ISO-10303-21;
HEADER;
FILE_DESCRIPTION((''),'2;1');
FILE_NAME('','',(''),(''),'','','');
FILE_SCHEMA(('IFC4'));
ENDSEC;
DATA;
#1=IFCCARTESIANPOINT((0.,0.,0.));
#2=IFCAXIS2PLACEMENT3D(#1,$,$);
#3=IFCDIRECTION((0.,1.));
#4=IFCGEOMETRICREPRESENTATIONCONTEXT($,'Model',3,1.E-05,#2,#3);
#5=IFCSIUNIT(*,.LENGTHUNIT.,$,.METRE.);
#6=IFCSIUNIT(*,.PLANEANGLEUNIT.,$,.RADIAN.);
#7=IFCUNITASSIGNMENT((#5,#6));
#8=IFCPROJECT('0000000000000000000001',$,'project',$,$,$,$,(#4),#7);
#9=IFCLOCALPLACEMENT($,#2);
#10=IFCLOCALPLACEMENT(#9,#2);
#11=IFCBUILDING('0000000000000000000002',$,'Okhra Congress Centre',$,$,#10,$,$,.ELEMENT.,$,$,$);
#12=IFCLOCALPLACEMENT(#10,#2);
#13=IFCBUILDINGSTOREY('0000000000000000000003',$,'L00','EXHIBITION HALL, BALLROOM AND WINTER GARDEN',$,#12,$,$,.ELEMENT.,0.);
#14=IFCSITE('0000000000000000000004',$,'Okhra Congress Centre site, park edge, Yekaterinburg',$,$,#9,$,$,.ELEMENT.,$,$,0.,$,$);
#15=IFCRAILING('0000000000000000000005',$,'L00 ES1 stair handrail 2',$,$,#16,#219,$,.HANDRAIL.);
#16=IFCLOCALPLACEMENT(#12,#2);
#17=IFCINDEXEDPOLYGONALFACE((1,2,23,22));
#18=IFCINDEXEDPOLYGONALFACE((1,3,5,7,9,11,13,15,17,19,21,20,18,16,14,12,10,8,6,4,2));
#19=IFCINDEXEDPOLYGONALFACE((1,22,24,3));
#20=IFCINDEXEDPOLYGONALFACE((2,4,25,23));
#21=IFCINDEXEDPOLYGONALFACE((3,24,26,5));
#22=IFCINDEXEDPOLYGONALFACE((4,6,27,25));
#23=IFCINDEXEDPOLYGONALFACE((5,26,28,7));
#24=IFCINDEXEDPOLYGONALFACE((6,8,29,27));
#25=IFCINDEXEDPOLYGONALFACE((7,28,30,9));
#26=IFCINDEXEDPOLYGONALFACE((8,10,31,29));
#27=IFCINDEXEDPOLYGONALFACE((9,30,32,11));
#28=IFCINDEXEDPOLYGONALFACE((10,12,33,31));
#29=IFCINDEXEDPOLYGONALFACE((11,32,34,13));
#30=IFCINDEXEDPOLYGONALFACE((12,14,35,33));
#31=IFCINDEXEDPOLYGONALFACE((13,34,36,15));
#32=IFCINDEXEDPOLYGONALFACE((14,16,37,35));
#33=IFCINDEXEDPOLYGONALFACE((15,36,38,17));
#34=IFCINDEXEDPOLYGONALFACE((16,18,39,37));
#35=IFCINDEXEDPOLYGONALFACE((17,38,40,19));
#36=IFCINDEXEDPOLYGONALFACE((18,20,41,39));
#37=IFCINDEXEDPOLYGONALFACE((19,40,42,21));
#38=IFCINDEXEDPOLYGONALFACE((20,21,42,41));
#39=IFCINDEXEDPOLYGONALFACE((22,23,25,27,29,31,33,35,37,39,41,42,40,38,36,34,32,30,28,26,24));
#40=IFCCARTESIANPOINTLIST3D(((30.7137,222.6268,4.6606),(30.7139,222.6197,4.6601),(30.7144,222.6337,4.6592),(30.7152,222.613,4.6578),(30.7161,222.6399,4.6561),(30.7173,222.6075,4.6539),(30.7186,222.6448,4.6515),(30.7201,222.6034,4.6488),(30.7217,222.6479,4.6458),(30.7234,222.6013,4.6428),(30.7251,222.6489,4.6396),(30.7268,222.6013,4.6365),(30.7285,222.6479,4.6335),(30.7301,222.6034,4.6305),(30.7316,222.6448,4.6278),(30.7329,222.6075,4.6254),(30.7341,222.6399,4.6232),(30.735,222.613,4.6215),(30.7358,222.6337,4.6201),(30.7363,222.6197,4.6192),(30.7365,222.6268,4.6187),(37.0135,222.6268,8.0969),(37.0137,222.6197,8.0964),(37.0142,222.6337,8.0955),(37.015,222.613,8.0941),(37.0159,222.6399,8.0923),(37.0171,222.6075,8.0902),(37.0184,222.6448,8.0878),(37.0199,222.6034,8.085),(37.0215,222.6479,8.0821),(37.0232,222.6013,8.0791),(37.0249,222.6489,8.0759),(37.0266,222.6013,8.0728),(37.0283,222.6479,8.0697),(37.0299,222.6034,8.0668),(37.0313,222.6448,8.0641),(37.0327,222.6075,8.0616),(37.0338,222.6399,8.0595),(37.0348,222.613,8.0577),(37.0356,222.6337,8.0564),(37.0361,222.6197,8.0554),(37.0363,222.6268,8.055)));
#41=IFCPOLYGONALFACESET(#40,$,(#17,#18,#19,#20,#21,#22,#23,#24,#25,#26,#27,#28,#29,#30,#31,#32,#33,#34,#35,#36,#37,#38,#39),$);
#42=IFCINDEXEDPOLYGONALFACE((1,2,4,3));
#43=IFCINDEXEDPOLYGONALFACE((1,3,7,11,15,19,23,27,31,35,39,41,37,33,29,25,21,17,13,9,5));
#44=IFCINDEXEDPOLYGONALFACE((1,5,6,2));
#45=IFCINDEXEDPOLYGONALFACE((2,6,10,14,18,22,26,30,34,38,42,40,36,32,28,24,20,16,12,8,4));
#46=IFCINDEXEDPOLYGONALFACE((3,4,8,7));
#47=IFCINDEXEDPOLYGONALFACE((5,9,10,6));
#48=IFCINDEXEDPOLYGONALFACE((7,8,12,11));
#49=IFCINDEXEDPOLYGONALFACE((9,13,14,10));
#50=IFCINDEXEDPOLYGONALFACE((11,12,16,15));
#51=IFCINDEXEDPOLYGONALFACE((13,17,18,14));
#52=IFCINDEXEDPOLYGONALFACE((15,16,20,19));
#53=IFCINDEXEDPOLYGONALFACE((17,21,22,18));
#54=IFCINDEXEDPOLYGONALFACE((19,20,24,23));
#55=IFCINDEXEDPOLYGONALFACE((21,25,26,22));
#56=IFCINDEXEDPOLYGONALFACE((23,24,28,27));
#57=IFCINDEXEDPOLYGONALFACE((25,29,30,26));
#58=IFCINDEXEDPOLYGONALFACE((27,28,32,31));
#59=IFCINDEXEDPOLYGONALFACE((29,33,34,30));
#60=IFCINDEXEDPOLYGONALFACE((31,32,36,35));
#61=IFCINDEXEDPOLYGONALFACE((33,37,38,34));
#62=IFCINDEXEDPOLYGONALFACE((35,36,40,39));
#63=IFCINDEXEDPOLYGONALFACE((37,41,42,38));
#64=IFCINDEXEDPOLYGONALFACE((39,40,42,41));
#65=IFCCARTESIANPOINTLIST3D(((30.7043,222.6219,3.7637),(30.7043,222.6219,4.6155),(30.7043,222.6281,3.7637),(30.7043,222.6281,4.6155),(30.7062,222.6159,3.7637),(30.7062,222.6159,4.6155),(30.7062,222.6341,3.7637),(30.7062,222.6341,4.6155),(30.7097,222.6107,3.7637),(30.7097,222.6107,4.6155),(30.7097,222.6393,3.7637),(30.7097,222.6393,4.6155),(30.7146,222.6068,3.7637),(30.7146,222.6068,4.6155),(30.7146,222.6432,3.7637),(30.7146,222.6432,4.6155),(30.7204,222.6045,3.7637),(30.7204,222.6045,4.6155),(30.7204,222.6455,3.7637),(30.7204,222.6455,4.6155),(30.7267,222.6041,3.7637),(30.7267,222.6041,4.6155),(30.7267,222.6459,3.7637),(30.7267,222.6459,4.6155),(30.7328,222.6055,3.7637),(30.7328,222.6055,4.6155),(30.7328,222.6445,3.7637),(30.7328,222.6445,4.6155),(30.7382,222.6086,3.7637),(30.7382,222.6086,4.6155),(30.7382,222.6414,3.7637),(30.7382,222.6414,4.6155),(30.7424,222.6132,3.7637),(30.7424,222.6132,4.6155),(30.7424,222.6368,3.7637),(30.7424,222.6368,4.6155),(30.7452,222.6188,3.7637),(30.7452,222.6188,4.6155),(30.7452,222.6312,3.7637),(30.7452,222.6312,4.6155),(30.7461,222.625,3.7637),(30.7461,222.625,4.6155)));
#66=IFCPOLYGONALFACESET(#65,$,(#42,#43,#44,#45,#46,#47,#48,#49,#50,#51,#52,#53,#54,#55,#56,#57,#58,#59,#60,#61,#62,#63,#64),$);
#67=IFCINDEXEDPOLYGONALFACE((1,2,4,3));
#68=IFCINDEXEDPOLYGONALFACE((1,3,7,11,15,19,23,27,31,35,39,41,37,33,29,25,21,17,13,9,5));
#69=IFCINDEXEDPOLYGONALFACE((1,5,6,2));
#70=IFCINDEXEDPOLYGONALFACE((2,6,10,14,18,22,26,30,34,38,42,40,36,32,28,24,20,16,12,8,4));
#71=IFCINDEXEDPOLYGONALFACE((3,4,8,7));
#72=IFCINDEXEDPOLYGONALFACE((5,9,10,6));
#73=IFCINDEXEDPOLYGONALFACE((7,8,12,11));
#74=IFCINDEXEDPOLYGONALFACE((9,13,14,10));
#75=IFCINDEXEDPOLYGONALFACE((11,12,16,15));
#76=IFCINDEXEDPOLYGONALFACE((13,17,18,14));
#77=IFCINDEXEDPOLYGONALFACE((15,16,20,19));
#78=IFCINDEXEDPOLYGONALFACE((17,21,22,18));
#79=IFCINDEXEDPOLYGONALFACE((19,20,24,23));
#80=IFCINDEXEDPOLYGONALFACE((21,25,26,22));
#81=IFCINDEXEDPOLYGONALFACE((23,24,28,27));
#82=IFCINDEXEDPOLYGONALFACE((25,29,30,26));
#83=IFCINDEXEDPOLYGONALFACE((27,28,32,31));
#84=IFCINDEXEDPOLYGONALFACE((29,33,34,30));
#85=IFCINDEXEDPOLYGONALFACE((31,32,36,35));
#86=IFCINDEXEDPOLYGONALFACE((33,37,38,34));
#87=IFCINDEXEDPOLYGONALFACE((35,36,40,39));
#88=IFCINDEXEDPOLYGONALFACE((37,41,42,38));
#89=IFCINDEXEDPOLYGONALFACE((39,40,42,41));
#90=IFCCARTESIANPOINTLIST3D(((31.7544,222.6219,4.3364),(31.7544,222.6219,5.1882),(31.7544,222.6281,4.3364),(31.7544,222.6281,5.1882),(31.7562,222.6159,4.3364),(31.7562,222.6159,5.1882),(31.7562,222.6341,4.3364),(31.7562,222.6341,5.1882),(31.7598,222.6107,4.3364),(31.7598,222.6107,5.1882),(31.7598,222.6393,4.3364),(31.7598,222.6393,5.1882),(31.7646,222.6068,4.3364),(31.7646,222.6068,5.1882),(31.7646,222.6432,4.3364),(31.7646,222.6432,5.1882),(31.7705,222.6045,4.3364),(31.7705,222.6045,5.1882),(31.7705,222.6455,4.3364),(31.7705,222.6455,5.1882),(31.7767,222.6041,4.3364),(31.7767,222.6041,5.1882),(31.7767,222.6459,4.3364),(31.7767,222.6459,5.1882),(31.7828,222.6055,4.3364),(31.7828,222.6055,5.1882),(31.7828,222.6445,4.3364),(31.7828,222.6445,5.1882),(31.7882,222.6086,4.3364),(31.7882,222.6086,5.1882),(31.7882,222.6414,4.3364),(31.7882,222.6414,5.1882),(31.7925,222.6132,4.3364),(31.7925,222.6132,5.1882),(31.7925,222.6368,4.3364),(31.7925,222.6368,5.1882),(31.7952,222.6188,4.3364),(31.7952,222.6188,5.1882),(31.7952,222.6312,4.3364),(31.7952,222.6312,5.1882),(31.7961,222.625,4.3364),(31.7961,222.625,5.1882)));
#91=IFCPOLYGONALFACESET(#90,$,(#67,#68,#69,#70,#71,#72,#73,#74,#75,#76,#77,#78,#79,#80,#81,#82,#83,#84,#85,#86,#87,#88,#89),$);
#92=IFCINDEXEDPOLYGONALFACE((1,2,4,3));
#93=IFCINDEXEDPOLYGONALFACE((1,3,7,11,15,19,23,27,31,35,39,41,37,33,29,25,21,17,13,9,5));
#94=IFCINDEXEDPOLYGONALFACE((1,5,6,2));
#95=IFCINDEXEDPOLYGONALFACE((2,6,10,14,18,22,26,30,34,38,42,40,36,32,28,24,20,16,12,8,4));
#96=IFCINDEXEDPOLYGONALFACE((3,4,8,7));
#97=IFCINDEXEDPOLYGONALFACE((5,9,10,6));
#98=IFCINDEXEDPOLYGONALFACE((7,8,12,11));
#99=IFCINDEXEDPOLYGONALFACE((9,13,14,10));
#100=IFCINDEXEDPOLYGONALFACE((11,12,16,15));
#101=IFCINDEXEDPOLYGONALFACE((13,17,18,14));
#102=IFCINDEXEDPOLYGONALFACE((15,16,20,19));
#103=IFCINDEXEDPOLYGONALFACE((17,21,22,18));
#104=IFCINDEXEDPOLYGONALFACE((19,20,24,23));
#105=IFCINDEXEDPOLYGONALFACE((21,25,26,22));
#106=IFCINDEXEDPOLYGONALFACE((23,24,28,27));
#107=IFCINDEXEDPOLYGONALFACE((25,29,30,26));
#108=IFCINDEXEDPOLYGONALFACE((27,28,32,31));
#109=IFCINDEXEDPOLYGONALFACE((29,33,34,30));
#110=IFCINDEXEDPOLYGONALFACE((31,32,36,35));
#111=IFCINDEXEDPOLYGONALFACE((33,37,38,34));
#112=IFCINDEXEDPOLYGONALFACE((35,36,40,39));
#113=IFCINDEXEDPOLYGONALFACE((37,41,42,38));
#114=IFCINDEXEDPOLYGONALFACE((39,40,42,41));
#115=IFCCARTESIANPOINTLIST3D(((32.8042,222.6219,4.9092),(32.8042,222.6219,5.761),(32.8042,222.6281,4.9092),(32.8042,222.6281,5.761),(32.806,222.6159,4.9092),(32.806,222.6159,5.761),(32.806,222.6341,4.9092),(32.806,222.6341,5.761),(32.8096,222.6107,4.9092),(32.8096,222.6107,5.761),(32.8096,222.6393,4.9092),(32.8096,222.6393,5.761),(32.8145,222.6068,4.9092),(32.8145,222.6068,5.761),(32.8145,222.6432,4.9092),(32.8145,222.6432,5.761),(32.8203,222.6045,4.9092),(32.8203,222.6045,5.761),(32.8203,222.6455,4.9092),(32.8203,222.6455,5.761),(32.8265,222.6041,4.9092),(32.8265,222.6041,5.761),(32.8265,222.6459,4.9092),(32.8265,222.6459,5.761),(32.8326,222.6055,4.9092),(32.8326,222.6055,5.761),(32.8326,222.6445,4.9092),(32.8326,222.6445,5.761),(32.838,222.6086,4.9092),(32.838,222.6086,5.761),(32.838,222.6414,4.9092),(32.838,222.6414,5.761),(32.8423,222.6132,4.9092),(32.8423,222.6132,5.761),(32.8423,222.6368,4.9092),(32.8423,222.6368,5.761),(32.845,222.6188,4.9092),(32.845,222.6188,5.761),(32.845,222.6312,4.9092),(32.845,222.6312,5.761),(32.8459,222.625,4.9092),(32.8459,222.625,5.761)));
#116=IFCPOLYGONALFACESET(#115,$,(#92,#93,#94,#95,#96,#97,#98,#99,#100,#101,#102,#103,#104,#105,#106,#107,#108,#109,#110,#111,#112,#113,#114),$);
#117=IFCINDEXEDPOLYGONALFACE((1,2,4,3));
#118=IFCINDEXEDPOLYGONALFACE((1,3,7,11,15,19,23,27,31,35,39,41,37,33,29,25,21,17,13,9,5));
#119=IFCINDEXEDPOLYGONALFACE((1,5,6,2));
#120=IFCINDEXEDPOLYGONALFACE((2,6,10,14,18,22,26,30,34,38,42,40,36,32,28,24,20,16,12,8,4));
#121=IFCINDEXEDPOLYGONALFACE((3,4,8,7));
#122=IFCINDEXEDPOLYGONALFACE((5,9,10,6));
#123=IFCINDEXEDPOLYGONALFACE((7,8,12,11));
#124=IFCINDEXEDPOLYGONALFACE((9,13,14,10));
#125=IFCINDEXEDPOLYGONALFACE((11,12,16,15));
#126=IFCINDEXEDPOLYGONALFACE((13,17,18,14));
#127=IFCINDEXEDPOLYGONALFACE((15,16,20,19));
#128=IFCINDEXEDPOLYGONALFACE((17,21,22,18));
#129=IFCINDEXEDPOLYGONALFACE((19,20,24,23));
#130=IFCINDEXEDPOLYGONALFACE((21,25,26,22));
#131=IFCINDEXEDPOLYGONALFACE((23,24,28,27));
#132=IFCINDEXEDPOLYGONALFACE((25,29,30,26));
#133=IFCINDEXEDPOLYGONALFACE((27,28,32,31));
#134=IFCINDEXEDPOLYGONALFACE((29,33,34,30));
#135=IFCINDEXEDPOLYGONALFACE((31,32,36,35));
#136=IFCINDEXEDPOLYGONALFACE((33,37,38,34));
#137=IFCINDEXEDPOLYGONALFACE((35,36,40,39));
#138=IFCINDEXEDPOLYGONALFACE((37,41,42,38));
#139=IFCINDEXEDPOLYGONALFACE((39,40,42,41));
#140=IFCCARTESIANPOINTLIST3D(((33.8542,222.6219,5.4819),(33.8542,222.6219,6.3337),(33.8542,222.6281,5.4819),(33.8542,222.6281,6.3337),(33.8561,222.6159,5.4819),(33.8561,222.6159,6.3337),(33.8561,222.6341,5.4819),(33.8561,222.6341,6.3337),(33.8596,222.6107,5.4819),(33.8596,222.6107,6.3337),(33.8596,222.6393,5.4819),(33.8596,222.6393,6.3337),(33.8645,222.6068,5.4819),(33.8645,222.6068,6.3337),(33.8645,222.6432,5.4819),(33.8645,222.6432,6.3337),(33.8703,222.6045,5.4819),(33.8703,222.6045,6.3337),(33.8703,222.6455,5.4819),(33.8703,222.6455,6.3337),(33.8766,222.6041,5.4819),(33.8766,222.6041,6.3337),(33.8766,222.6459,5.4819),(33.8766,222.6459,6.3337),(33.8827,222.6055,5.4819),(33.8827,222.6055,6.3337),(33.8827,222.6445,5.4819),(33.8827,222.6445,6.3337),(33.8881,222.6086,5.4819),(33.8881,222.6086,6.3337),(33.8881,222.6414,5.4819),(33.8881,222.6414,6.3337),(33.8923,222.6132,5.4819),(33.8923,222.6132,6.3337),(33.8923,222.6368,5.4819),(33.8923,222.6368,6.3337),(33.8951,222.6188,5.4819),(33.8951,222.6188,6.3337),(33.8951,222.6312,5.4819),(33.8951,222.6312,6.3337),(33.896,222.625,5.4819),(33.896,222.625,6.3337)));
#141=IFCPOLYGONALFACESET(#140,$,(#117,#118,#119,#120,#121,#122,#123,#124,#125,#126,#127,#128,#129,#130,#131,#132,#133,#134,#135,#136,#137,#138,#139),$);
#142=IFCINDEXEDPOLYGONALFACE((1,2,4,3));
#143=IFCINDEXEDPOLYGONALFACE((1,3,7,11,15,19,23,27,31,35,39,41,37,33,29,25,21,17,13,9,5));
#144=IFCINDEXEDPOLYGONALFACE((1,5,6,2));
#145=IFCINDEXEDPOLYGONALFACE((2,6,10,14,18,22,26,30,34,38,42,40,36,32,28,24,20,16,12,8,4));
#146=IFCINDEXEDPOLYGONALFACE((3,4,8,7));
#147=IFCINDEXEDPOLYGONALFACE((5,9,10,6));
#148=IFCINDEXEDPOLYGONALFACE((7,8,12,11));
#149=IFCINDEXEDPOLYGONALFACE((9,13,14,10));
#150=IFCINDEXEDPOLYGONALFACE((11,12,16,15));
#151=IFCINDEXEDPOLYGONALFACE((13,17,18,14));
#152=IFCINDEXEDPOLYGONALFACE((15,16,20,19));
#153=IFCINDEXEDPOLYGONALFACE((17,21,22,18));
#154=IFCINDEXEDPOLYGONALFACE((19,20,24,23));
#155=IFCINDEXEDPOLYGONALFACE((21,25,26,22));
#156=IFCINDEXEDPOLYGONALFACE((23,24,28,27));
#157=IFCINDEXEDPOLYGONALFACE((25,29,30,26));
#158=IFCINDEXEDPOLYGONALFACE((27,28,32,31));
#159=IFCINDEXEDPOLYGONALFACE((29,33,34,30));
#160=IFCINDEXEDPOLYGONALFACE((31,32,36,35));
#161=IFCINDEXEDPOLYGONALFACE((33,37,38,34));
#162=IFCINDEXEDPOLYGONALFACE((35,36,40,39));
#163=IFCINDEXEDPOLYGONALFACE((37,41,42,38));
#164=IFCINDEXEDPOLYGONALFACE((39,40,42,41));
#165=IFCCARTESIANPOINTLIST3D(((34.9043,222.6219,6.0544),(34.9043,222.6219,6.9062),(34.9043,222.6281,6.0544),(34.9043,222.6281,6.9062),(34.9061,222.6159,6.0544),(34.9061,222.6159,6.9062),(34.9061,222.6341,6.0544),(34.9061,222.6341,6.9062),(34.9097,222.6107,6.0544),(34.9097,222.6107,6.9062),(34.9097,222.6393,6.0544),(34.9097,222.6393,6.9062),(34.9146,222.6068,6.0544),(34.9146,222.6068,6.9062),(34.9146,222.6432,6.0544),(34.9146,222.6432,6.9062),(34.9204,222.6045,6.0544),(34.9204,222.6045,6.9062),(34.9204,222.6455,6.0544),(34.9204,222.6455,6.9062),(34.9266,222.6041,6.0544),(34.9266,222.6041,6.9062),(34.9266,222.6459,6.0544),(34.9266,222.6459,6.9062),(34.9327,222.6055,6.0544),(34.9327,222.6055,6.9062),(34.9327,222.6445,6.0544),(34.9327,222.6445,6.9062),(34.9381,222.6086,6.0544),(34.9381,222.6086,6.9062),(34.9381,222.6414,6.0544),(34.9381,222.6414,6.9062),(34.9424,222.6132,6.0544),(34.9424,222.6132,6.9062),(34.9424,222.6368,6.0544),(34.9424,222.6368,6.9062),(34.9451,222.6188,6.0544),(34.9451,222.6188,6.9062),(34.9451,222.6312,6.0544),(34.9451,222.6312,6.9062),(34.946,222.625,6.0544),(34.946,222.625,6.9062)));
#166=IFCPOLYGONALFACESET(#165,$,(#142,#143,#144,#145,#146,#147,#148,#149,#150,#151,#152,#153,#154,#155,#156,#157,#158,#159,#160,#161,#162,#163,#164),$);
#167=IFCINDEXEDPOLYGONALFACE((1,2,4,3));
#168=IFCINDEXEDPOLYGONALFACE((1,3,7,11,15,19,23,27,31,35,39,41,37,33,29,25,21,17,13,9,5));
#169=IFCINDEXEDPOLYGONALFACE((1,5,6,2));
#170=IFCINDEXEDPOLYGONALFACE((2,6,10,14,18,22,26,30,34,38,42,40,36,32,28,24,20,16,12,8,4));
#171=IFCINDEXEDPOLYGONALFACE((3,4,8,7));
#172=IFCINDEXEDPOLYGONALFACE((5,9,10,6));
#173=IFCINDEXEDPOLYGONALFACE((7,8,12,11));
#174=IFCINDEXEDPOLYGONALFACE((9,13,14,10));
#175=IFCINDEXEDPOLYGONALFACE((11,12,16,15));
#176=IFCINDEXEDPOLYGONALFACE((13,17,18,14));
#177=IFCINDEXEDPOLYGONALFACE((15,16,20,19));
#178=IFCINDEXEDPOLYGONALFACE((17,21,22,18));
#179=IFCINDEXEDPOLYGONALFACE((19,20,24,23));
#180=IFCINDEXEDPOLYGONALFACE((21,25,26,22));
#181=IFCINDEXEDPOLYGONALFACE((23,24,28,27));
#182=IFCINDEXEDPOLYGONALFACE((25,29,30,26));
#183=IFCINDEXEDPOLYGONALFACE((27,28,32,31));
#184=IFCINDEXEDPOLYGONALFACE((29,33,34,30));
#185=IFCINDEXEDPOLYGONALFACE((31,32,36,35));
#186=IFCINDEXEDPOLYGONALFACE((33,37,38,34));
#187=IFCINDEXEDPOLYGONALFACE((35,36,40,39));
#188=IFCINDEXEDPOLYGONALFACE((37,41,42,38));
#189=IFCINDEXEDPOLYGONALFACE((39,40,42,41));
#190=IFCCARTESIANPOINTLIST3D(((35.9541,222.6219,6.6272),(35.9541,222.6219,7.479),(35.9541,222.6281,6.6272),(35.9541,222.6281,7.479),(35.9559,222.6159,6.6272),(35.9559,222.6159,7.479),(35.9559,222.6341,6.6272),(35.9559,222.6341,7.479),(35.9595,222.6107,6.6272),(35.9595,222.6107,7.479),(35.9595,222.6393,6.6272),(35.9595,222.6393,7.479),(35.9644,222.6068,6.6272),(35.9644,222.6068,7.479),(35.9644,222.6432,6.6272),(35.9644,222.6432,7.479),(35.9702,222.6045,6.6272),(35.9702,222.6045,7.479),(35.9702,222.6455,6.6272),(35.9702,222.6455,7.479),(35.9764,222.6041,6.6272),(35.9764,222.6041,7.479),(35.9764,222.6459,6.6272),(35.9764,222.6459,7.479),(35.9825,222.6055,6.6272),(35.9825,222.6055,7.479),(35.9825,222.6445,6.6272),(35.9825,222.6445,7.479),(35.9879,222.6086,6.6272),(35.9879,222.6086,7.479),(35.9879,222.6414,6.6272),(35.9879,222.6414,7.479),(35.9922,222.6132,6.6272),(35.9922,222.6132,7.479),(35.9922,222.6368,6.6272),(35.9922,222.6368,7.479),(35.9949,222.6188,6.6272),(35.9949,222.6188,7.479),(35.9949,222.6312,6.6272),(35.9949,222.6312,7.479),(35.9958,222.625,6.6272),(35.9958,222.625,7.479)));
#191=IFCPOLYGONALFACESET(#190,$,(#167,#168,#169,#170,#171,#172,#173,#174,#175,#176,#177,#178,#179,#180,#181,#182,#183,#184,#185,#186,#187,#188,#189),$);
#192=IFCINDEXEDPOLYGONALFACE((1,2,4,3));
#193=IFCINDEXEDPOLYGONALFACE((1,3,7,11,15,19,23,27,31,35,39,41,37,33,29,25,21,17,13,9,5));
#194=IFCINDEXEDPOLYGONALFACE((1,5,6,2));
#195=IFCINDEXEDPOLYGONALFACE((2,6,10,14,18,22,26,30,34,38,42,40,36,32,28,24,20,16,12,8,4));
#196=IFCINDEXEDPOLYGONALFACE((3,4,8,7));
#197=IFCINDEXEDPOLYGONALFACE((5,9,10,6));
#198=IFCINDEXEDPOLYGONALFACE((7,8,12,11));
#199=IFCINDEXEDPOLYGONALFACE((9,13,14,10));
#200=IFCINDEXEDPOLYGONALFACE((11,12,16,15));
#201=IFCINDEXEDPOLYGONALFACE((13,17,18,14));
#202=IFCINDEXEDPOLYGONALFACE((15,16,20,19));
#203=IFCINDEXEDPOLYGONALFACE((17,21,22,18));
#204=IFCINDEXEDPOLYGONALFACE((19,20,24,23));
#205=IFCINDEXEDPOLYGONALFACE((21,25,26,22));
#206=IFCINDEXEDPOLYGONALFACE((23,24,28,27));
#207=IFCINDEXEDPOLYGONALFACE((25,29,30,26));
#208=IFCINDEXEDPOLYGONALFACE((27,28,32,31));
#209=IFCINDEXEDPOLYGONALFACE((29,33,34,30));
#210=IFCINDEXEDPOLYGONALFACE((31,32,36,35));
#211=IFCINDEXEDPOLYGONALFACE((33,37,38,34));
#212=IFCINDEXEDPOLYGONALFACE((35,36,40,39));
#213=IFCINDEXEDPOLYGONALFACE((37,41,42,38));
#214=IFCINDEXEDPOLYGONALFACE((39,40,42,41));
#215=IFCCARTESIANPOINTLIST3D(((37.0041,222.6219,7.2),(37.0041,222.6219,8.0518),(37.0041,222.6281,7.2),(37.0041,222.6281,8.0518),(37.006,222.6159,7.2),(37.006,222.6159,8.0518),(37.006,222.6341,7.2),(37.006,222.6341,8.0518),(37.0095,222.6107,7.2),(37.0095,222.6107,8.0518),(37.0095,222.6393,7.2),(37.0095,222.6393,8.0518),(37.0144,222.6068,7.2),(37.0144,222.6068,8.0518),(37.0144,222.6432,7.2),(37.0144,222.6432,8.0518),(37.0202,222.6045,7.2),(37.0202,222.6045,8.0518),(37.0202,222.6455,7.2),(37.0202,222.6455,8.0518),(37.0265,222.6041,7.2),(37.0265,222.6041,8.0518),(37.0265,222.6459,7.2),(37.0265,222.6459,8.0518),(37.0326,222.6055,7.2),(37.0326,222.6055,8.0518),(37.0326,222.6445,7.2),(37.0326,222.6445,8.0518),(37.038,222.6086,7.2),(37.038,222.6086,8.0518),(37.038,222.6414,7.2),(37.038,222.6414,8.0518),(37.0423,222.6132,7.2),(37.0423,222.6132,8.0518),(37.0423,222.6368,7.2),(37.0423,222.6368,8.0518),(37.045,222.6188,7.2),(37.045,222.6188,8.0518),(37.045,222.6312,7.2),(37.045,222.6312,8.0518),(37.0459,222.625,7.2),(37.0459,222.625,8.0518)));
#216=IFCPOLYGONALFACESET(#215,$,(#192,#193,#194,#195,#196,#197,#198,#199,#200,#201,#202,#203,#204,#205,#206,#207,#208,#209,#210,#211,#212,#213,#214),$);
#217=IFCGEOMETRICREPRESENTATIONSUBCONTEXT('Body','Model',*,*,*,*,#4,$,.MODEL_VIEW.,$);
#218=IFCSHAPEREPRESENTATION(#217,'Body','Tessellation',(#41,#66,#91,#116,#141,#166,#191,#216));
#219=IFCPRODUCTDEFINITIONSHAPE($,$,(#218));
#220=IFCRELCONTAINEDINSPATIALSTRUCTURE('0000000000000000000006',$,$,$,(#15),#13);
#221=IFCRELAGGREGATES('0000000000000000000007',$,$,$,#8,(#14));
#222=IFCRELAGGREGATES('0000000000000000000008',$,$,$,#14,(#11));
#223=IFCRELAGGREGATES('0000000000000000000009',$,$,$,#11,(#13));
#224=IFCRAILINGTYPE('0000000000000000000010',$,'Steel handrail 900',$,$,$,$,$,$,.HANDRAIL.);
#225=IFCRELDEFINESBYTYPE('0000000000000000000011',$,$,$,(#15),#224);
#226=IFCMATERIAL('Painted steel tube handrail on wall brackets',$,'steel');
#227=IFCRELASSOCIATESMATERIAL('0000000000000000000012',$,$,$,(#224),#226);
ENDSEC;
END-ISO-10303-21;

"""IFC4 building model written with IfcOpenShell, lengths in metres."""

from ifc_helpers import new_model, si_unit, direction, frame, origin, origin_2d, place, context, subcontext, project, spatial, circle, extrude, material, type_object, element, save


model = new_model("IFC4")

# Units and contexts
model_context = context("Model", 3, precision=1e-05, world=origin(), true_north=direction((0.0, 1.0)))
body_context = subcontext(model_context, "Body", "Model", "MODEL_VIEW")
ifc_project = project(units=[si_unit("LENGTHUNIT", "METRE"), si_unit("PLANEANGLEUNIT", "RADIAN")], contexts=[model_context])

# Site, building, storey
site_placement = place(None, origin())
site = spatial("IfcSite", under=ifc_project, at=site_placement, Name="Okhra Congress Centre site, park edge, Yekaterinburg", CompositionType="ELEMENT", RefElevation=0.0)
building_placement = place(site_placement, origin())
building = spatial("IfcBuilding", under=site, at=building_placement, Name="Okhra Congress Centre", CompositionType="ELEMENT")
storey_placement = place(building_placement, origin())
storey = spatial("IfcBuildingStorey", under=building, at=storey_placement, Name="L00", Description="EXHIBITION HALL, BALLROOM AND WINTER GARDEN", CompositionType="ELEMENT", Elevation=0.0)

# Railing
ifc_material_1 = material(Name="Painted steel tube handrail on wall brackets", Category="steel")
railing_type_1 = type_object("IfcRailingType", Name="Steel handrail 900", PredefinedType="HANDRAIL", material=ifc_material_1)
railing_1_placement = place(storey_placement, frame((30.7251, 222.625, 3.7637)))
element("IfcRailing", 1, at=railing_1_placement, inside=storey, type_object=railing_type_1, Name="L00 ES1 stair handrail 2", PredefinedType="HANDRAIL", context=body_context, shape_type="SweptSolid", body=[
    extrude(circle(Radius=0.0239, at=origin_2d()), frame((0.0, 0.0, 0.876), z_axis=(0.877894, 0.0, 0.478855), x_axis=(0.0, 1.0, 0.0)), (0.0, 0.0, 1.0), 7.176),
    extrude(circle(Radius=0.021, at=origin_2d()), origin(), (0.0, 0.0, 1.0), 0.8518),
    extrude(circle(Radius=0.021, at=origin_2d()), frame((1.05, 0.0, 0.5728)), (0.0, 0.0, 1.0), 0.8518),
    extrude(circle(Radius=0.021, at=origin_2d()), frame((2.0999, 0.0, 1.1455)), (0.0, 0.0, 1.0), 0.8518),
    extrude(circle(Radius=0.021, at=origin_2d()), frame((3.1499, 0.0, 1.7183)), (0.0, 0.0, 1.0), 0.8518),
    extrude(circle(Radius=0.021, at=origin_2d()), frame((4.2, 0.0, 2.2908)), (0.0, 0.0, 1.0), 0.8518),
    extrude(circle(Radius=0.021, at=origin_2d()), frame((5.2498, 0.0, 2.8635)), (0.0, 0.0, 1.0), 0.8518),
    extrude(circle(Radius=0.021, at=origin_2d()), frame((6.2998, 0.0, 3.4363)), (0.0, 0.0, 1.0), 0.8518),
])

save(model, "model.ifc")
